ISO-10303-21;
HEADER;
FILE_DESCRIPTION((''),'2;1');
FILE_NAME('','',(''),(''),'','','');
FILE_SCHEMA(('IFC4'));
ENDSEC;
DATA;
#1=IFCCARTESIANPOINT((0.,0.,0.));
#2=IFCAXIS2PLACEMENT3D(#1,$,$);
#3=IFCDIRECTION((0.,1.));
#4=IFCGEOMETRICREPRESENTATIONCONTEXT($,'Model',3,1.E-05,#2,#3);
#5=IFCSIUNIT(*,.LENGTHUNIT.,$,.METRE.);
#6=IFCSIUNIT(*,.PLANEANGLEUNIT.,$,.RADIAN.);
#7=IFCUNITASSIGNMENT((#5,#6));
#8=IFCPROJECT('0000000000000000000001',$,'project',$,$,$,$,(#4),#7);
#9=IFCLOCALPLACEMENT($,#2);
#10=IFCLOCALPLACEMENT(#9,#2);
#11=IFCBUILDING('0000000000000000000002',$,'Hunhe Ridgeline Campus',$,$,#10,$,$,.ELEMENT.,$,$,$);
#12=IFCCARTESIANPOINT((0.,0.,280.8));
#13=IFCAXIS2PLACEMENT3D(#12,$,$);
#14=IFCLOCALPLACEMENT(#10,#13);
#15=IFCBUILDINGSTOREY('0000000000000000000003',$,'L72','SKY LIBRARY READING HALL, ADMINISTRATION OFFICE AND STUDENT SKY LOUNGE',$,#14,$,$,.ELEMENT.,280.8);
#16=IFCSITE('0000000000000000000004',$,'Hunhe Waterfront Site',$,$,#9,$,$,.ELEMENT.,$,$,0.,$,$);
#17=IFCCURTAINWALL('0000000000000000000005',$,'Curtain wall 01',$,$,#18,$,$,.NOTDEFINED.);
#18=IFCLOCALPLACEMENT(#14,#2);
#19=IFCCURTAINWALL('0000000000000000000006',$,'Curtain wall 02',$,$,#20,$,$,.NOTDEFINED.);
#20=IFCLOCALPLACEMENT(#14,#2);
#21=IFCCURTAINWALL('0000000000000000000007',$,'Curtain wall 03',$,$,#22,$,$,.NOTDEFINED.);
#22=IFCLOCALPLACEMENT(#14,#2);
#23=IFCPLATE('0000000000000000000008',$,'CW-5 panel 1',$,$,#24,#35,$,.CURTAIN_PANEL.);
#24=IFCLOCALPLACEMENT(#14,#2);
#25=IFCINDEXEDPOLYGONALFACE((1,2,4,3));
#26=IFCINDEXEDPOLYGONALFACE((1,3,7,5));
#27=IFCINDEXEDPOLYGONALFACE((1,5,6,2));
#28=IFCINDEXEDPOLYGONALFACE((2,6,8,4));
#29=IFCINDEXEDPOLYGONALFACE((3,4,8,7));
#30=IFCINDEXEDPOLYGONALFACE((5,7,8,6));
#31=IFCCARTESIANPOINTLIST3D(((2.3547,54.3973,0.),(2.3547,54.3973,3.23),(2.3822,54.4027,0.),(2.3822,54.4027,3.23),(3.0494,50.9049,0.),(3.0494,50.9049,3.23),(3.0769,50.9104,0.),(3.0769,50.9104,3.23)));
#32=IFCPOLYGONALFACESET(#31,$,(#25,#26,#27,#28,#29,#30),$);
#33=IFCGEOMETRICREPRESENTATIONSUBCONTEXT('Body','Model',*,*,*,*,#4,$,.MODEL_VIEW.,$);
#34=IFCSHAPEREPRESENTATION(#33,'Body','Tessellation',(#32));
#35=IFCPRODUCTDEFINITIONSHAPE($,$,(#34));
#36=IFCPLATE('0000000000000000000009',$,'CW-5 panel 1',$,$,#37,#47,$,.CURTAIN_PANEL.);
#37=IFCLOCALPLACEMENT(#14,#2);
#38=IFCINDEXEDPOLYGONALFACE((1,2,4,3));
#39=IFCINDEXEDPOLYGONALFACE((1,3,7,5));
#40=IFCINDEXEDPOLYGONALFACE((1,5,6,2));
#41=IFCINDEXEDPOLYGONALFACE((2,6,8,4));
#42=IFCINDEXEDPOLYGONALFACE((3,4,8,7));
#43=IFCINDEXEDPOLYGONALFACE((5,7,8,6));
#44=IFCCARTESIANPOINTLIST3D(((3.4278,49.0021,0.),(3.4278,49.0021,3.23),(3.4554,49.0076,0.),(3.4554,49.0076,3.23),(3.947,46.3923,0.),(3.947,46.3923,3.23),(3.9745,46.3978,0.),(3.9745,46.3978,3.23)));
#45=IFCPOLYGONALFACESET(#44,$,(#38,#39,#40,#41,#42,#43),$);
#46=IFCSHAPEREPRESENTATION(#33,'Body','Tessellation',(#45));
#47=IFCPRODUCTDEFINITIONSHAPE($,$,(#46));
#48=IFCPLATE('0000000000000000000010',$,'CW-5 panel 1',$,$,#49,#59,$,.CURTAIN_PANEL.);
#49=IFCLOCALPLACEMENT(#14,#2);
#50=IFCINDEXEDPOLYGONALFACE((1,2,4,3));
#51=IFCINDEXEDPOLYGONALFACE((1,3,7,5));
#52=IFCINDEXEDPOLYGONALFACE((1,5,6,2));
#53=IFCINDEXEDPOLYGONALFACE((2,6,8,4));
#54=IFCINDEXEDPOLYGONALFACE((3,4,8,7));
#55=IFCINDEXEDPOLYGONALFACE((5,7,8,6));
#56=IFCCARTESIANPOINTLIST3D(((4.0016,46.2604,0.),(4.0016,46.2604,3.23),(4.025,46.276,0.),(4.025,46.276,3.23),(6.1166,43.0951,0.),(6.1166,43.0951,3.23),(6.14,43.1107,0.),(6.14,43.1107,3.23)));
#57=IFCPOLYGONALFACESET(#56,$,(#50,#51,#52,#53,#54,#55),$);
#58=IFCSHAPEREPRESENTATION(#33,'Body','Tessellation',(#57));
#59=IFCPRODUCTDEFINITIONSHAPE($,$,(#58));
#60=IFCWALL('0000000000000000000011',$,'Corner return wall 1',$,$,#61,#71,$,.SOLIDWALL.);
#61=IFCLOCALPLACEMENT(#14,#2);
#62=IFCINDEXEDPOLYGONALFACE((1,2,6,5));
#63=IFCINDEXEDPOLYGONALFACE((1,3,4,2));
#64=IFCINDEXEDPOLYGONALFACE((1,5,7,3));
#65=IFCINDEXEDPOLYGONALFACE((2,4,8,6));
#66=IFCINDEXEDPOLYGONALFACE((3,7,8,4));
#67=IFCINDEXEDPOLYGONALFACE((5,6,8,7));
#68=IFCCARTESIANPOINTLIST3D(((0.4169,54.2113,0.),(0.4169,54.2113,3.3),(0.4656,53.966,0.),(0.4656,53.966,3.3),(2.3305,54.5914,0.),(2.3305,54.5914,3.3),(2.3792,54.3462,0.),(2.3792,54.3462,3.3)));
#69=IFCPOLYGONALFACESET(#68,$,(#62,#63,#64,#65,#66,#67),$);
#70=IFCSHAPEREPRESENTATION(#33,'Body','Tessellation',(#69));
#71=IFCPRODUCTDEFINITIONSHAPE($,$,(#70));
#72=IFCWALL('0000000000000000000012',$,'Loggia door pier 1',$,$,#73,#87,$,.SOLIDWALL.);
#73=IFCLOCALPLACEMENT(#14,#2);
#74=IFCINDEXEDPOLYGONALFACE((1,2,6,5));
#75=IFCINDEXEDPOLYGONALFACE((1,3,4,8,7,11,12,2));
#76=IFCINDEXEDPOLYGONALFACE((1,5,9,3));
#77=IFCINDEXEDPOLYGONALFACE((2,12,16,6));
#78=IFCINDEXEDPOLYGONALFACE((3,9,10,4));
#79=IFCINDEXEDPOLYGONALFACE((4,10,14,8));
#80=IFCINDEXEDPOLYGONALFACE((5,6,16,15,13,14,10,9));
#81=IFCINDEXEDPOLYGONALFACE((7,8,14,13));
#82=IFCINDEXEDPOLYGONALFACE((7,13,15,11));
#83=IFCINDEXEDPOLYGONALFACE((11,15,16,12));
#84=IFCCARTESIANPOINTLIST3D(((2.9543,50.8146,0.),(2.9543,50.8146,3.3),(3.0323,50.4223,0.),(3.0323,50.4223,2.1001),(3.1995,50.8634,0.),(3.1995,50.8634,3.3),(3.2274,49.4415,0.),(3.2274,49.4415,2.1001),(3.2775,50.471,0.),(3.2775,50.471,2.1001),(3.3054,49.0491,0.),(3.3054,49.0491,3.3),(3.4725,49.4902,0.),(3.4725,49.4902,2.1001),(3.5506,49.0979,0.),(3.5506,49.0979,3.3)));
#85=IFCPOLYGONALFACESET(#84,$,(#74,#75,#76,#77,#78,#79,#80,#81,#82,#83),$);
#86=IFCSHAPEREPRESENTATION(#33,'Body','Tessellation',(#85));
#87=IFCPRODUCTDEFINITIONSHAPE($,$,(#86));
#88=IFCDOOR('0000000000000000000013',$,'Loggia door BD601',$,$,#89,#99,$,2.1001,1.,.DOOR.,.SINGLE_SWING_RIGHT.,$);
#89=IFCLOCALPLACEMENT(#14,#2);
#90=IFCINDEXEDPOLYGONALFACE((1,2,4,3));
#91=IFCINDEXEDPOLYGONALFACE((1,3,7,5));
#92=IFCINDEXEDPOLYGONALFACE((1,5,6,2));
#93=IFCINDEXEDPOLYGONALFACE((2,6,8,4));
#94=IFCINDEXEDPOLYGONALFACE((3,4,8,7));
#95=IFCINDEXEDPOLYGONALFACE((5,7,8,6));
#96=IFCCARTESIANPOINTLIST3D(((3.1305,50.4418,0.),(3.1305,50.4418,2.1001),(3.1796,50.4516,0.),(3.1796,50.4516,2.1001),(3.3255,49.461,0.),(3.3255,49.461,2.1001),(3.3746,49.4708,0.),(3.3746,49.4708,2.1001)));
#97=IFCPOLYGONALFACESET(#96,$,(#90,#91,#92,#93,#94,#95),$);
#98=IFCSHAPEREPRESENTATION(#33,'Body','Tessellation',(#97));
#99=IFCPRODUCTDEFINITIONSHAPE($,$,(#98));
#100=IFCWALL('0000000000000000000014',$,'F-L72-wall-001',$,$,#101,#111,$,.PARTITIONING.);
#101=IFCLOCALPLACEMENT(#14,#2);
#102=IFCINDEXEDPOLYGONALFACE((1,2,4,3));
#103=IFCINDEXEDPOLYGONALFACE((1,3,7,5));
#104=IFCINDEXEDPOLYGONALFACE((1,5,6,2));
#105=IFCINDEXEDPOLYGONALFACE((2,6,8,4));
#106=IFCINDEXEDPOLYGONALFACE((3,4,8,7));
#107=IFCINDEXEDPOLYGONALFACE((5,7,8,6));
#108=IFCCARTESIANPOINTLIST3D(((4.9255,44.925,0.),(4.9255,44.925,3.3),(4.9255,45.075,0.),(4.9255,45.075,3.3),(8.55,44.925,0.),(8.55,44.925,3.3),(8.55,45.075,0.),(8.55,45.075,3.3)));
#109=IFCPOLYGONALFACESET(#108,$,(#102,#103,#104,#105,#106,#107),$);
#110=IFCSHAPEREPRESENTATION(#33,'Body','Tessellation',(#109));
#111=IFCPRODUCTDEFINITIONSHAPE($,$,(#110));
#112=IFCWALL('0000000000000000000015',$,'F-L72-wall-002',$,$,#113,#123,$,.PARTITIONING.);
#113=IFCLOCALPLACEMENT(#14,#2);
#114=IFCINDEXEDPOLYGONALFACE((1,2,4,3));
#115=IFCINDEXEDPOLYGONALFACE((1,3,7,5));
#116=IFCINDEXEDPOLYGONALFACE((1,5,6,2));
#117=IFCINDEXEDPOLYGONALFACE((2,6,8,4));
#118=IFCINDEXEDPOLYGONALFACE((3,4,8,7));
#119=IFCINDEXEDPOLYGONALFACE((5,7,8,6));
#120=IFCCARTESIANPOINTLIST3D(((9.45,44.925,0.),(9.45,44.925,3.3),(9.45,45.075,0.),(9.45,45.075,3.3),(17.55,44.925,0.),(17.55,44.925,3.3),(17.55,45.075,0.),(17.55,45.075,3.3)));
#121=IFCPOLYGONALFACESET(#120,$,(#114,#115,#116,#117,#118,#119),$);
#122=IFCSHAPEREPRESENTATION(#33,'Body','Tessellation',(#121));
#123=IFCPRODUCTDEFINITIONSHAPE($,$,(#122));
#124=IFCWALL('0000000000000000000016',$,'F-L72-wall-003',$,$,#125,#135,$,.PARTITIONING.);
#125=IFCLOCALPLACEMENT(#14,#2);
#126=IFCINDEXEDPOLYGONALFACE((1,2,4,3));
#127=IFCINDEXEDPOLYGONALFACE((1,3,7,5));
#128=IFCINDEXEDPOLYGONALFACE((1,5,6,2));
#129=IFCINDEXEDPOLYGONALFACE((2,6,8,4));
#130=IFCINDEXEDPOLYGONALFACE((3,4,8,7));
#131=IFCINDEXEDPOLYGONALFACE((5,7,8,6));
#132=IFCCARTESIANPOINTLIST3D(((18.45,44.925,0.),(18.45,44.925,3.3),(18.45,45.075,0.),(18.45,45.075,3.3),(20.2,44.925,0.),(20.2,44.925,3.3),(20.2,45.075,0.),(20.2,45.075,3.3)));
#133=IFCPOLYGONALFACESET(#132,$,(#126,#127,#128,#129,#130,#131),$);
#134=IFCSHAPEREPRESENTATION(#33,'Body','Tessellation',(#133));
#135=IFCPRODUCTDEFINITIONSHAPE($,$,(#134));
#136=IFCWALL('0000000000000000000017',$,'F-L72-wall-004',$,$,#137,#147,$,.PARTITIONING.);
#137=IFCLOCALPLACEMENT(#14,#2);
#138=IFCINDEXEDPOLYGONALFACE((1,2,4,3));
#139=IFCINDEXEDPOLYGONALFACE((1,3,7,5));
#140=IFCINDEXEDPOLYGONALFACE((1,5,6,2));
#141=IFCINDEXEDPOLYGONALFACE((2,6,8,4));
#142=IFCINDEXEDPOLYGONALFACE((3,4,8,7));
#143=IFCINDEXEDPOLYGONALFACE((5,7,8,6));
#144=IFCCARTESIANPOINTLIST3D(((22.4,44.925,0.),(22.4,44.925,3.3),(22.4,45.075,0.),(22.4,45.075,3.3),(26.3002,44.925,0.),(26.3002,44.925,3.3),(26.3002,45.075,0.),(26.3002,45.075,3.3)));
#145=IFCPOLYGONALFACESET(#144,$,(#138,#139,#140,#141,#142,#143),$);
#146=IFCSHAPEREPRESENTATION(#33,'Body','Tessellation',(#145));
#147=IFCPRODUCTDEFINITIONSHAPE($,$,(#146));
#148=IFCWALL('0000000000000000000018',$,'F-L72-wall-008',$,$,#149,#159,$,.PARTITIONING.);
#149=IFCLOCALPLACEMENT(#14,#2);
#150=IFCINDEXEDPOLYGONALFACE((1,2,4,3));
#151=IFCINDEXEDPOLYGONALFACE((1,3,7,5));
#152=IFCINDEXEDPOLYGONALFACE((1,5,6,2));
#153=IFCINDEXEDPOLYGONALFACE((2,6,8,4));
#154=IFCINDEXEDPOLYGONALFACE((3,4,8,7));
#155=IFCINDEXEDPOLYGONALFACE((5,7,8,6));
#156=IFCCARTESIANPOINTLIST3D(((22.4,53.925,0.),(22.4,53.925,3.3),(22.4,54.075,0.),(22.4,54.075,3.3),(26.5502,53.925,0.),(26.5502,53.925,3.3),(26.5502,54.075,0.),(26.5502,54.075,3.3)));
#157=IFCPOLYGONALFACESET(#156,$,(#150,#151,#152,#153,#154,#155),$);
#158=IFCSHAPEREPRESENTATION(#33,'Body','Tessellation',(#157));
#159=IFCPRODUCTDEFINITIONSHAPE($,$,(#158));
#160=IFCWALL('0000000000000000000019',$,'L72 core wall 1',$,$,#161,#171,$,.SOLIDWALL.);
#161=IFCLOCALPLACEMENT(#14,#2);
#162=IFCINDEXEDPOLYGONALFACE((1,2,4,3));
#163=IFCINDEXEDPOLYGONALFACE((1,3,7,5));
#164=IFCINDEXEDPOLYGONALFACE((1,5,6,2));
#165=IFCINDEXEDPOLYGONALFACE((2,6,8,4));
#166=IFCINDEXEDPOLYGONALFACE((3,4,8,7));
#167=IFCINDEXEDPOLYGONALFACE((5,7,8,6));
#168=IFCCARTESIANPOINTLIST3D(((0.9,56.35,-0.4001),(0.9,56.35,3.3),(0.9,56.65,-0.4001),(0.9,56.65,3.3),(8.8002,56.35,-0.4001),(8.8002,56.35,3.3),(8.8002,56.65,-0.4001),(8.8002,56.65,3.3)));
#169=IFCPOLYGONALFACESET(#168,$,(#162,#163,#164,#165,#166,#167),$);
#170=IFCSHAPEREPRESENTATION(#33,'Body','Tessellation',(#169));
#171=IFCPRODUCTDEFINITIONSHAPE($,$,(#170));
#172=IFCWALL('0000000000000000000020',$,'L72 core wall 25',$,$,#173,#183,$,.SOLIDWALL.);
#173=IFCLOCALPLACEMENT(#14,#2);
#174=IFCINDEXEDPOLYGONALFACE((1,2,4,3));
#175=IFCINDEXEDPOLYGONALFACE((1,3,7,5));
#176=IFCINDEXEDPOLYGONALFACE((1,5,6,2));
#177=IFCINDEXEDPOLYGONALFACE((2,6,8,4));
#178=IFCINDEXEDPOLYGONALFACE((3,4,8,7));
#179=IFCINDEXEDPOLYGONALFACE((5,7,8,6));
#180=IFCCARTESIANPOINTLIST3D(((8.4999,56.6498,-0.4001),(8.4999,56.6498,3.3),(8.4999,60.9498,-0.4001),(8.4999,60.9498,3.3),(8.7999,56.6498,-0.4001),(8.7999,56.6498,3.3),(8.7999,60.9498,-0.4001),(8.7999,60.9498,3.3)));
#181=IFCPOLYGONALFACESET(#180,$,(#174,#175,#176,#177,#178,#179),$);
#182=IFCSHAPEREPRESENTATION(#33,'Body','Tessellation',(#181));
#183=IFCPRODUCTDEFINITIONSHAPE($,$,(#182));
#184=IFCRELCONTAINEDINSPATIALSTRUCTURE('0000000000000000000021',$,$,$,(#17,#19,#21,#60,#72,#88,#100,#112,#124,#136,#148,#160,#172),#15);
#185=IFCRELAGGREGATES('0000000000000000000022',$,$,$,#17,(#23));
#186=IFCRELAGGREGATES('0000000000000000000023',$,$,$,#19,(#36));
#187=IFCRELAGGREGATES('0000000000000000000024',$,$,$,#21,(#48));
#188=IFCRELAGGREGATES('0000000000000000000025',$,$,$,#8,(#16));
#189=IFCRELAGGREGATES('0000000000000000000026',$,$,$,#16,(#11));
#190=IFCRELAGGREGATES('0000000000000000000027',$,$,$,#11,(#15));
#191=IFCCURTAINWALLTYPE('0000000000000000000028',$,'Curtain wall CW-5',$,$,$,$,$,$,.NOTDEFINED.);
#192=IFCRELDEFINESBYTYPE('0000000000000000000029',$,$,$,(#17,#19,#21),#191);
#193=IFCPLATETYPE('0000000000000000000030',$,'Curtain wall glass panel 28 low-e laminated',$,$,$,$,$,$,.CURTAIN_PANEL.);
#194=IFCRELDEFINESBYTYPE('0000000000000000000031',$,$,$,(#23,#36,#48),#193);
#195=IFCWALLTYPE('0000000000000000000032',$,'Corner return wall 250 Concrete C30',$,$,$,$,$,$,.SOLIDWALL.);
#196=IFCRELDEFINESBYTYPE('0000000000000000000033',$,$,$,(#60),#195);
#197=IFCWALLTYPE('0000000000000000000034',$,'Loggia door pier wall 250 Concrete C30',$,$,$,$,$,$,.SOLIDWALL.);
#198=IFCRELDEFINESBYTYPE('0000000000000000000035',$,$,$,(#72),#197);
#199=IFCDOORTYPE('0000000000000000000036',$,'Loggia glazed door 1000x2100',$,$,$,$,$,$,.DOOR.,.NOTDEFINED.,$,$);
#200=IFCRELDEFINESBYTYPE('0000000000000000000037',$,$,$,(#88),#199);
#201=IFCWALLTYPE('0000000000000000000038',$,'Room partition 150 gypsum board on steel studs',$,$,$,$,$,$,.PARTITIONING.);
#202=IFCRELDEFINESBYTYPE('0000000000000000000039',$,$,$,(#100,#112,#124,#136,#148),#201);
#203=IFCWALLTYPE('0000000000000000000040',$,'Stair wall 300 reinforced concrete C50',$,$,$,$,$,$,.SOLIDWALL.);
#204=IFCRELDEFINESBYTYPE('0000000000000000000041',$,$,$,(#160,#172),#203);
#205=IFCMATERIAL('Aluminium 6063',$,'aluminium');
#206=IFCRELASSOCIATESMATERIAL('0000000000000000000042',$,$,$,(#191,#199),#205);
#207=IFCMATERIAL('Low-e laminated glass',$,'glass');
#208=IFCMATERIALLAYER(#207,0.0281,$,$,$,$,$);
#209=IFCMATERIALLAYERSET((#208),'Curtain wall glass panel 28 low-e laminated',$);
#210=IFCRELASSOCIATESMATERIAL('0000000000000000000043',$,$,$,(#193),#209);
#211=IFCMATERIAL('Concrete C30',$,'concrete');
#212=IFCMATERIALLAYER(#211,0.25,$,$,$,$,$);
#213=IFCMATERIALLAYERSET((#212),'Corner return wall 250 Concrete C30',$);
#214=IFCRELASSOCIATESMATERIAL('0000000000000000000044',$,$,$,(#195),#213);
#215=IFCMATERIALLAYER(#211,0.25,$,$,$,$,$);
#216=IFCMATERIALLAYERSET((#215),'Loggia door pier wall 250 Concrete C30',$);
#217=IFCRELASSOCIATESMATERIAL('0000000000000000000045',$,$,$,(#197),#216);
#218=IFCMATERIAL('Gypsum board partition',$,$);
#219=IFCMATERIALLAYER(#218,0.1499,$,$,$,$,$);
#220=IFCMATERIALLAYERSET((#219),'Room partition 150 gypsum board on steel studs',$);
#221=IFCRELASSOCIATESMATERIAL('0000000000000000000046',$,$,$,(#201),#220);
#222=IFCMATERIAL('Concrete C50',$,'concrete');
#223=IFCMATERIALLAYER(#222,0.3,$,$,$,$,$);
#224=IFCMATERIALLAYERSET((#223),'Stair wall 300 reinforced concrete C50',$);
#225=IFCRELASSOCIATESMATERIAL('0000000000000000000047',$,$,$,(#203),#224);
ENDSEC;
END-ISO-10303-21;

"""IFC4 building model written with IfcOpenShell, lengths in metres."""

from ifc_helpers import new_model, si_unit, direction, frame, frame_2d, origin, origin_2d, place, context, subcontext, project, spatial, rectangle, extrude, material, layer, layer_set, type_object, element, fill, aggregate, save


model = new_model("IFC4")

# Units and contexts
model_context = context("Model", 3, precision=1e-05, world=origin(), true_north=direction((0.0, 1.0)))
body_context = subcontext(model_context, "Body", "Model", "MODEL_VIEW")
ifc_project = project(units=[si_unit("LENGTHUNIT", "METRE"), si_unit("PLANEANGLEUNIT", "RADIAN")], contexts=[model_context])

# Site, building, storey
site_placement = place(None, origin())
site = spatial("IfcSite", under=ifc_project, at=site_placement, Name="Hunhe Waterfront Site", CompositionType="ELEMENT", RefElevation=0.0)
building_placement = place(site_placement, origin())
building = spatial("IfcBuilding", under=site, at=building_placement, Name="Hunhe Ridgeline Campus", CompositionType="ELEMENT")
storey_placement = place(building_placement, frame((0.0, 0.0, 280.8)))
storey = spatial("IfcBuildingStorey", under=building, at=storey_placement, Name="L72", Description="SKY LIBRARY READING HALL, ADMINISTRATION OFFICE AND STUDENT SKY LOUNGE", CompositionType="ELEMENT", Elevation=280.8)

# Shared definitions
ifc_material_1 = material(Name="Concrete C50", Category="concrete")

# Curtain walls
ifc_material_2 = material(Name="Aluminium 6063", Category="aluminium")
curtain_wall_type = type_object("IfcCurtainWallType", Name="Curtain wall CW-5", PredefinedType="NOTDEFINED", material=ifc_material_2)
curtain_wall_1_placement = place(storey_placement, origin())
curtain_wall_1 = element("IfcCurtainWall", 1, at=curtain_wall_1_placement, inside=storey, type_object=curtain_wall_type, Name="Curtain wall 01", PredefinedType="NOTDEFINED")
curtain_wall_2_placement = place(storey_placement, origin())
curtain_wall_2 = element("IfcCurtainWall", 2, at=curtain_wall_2_placement, inside=storey, type_object=curtain_wall_type, Name="Curtain wall 02", PredefinedType="NOTDEFINED")

# Curtain wall
curtain_wall_3_placement = place(storey_placement, origin())
curtain_wall_3 = element("IfcCurtainWall", 3, at=curtain_wall_3_placement, inside=storey, type_object=curtain_wall_type, Name="Curtain wall 03", PredefinedType="NOTDEFINED")

# Plates
ifc_material_3 = material(Name="Low-e laminated glass", Category="glass")
ifc_layer_1 = layer(ifc_material_3, 0.0281)
ifc_layer_set_1 = layer_set([ifc_layer_1], Name="Curtain wall glass panel 28 low-e laminated")
plate_type = type_object("IfcPlateType", Name="Curtain wall glass panel 28 low-e laminated", PredefinedType="CURTAIN_PANEL", material=ifc_layer_set_1)
plate_1_placement = place(storey_placement, frame((2.7158, 52.6538, 0.0), z_axis=(0.0, 0.0, 1.0), x_axis=(0.195095, -0.980784, 0.0)))
plate_1 = element("IfcPlate", 4, at=plate_1_placement, type_object=plate_type, Name="CW-5 panel 1", PredefinedType="CURTAIN_PANEL", context=body_context, shape_type="SweptSolid", body=[
    extrude(rectangle(XDim=3.5608, YDim=0.0281, at=origin_2d()), origin(), (0.0, 0.0, 1.0), 3.23),
])
aggregate(curtain_wall_1, [plate_1])
plate_2_placement = place(storey_placement, frame((3.7012, 47.7, 0.0), z_axis=(0.0, 0.0, 1.0), x_axis=(0.195095, -0.980784, 0.0)))
plate_2 = element("IfcPlate", 5, at=plate_2_placement, type_object=plate_type, Name="CW-5 panel 1", PredefinedType="CURTAIN_PANEL", context=body_context, shape_type="SweptSolid", body=[
    extrude(rectangle(XDim=2.6609, YDim=0.0281, at=origin_2d()), origin(), (0.0, 0.0, 1.0), 3.23),
])
aggregate(curtain_wall_2, [plate_2])
plate_3_placement = place(storey_placement, frame((5.0708, 44.6855, 0.0), z_axis=(0.0, 0.0, 1.0), x_axis=(0.55557, -0.83147, 0.0)))
plate_3 = element("IfcPlate", 6, at=plate_3_placement, type_object=plate_type, Name="CW-5 panel 1", PredefinedType="CURTAIN_PANEL", context=body_context, shape_type="SweptSolid", body=[
    extrude(rectangle(XDim=3.8069, YDim=0.0281, at=origin_2d()), origin(), (0.0, 0.0, 1.0), 3.23),
])
aggregate(curtain_wall_3, [plate_3])

# Wall
ifc_material_4 = material(Name="Concrete C30", Category="concrete")
ifc_layer_2 = layer(ifc_material_4, 0.25)
ifc_layer_set_2 = layer_set([ifc_layer_2], Name="Corner return wall 250 Concrete C30")
wall_type_1 = type_object("IfcWallType", Name="Corner return wall 250 Concrete C30", PredefinedType="SOLIDWALL", material=ifc_layer_set_2)
wall_1_placement = place(storey_placement, frame((0.4412, 54.0886, 0.0), z_axis=(0.0, 0.0, 1.0), x_axis=(0.980835, 0.194841, 0.0)))
element("IfcWall", 7, at=wall_1_placement, inside=storey, type_object=wall_type_1, Name="Corner return wall 1", PredefinedType="SOLIDWALL", context=body_context, shape_type="SweptSolid", body=[
    extrude(rectangle(XDim=1.9509, YDim=0.25, at=frame_2d((0.9756, 0.0))), origin(), (0.0, 0.0, 1.0), 3.3),
])

# Wall, opening, door
ifc_layer_3 = layer(ifc_material_4, 0.25)
ifc_layer_set_3 = layer_set([ifc_layer_3], Name="Loggia door pier wall 250 Concrete C30")
wall_type_2 = type_object("IfcWallType", Name="Loggia door pier wall 250 Concrete C30", PredefinedType="SOLIDWALL", material=ifc_layer_set_3)
wall_2_placement = place(storey_placement, frame((3.0769, 50.8389, 0.0), z_axis=(0.0, 0.0, 1.0), x_axis=(0.195047, -0.980794, 0.0)))
wall_2 = element("IfcWall", 8, at=wall_2_placement, inside=storey, type_object=wall_type_2, Name="Loggia door pier 1", PredefinedType="SOLIDWALL", context=body_context, shape_type="SweptSolid", body=[
    extrude(rectangle(XDim=1.8, YDim=0.25, at=frame_2d((0.8999, 0.0))), origin(), (0.0, 0.0, 1.0), 3.3),
])
opening_placement = place(wall_2_placement, frame((0.3999, 0.0, 0.0)))
opening = element("IfcOpeningElement", 9, at=opening_placement, cuts=wall_2, PredefinedType="OPENING", context=body_context, shape_type="SweptSolid", body=[
    extrude(rectangle(XDim=1.0, YDim=2.1001, at=frame_2d((0.5, 1.05))), frame((0.0, 0.125, 0.0), z_axis=(0.0, -1.0, 0.0), x_axis=(1.0, 0.0, 0.0)), (0.0, 0.0, 1.0), 0.25),
])
door_type = type_object("IfcDoorType", Name="Loggia glazed door 1000x2100", OperationType="NOTDEFINED", PredefinedType="DOOR", material=ifc_material_2)
door_placement = place(opening_placement, frame((1.0, 0.0, 0.0), z_axis=(0.0, 0.0, 1.0), x_axis=(-1.0, 0.0, 0.0)))
door = element("IfcDoor", 10, at=door_placement, inside=storey, type_object=door_type, Name="Loggia door BD601", OperationType="SINGLE_SWING_RIGHT", OverallHeight=2.1001, OverallWidth=1.0, PredefinedType="DOOR", context=body_context, shape_type="SweptSolid", body=[
    extrude(rectangle(XDim=1.0, YDim=2.1001, at=frame_2d((0.5, 1.05))), frame((0.0, 0.0249, 0.0), z_axis=(0.0, -1.0, 0.0), x_axis=(1.0, 0.0, 0.0)), (0.0, 0.0, 1.0), 0.05),
])
fill(opening, door)

# Walls
ifc_material_5 = material(Name="Gypsum board partition")
ifc_layer_4 = layer(ifc_material_5, 0.1499)
ifc_layer_set_4 = layer_set([ifc_layer_4], Name="Room partition 150 gypsum board on steel studs")
wall_type_3 = type_object("IfcWallType", Name="Room partition 150 gypsum board on steel studs", PredefinedType="PARTITIONING", material=ifc_layer_set_4)
wall_3_placement = place(storey_placement, frame((4.9255, 45.0, 0.0), z_axis=(0.0, 0.0, 1.0), x_axis=(1.0, 0.0, 0.0)))
element("IfcWall", 11, at=wall_3_placement, inside=storey, type_object=wall_type_3, Name="F-L72-wall-001", PredefinedType="PARTITIONING", context=body_context, shape_type="SweptSolid", body=[
    extrude(rectangle(XDim=3.6245, YDim=0.1499, at=frame_2d((1.8123, 0.0))), origin(), (0.0, 0.0, 1.0), 3.3),
])
wall_4_placement = place(storey_placement, frame((9.45, 45.0, 0.0), z_axis=(0.0, 0.0, 1.0), x_axis=(1.0, 0.0, 0.0)))
element("IfcWall", 12, at=wall_4_placement, inside=storey, type_object=wall_type_3, Name="F-L72-wall-002", PredefinedType="PARTITIONING", context=body_context, shape_type="SweptSolid", body=[
    extrude(rectangle(XDim=8.1001, YDim=0.1499, at=frame_2d((4.05, 0.0))), origin(), (0.0, 0.0, 1.0), 3.3),
])
wall_5_placement = place(storey_placement, frame((18.45, 45.0, 0.0), z_axis=(0.0, 0.0, 1.0), x_axis=(1.0, 0.0, 0.0)))
element("IfcWall", 13, at=wall_5_placement, inside=storey, type_object=wall_type_3, Name="F-L72-wall-003", PredefinedType="PARTITIONING", context=body_context, shape_type="SweptSolid", body=[
    extrude(rectangle(XDim=1.75, YDim=0.1499, at=frame_2d((0.875, 0.0))), origin(), (0.0, 0.0, 1.0), 3.3),
])
wall_6_placement = place(storey_placement, frame((22.3999, 45.0, 0.0), z_axis=(0.0, 0.0, 1.0), x_axis=(1.0, 0.0, 0.0)))
element("IfcWall", 14, at=wall_6_placement, inside=storey, type_object=wall_type_3, Name="F-L72-wall-004", PredefinedType="PARTITIONING", context=body_context, shape_type="SweptSolid", body=[
    extrude(rectangle(XDim=3.9001, YDim=0.1499, at=frame_2d((1.9502, 0.0))), origin(), (0.0, 0.0, 1.0), 3.3),
])
wall_7_placement = place(storey_placement, frame((22.3999, 54.0, 0.0), z_axis=(0.0, 0.0, 1.0), x_axis=(1.0, 0.0, 0.0)))
element("IfcWall", 15, at=wall_7_placement, inside=storey, type_object=wall_type_3, Name="F-L72-wall-008", PredefinedType="PARTITIONING", context=body_context, shape_type="SweptSolid", body=[
    extrude(rectangle(XDim=4.1501, YDim=0.1499, at=frame_2d((2.0752, 0.0))), origin(), (0.0, 0.0, 1.0), 3.3),
])
ifc_layer_5 = layer(ifc_material_1, 0.3)
ifc_layer_set_5 = layer_set([ifc_layer_5], Name="Stair wall 300 reinforced concrete C50")
wall_type_4 = type_object("IfcWallType", Name="Stair wall 300 reinforced concrete C50", PredefinedType="SOLIDWALL", material=ifc_layer_set_5)
wall_8_placement = place(storey_placement, frame((0.8999, 56.5, -0.4001), z_axis=(0.0, 0.0, 1.0), x_axis=(1.0, 0.0, 0.0)))
element("IfcWall", 16, at=wall_8_placement, inside=storey, type_object=wall_type_4, Name="L72 core wall 1", PredefinedType="SOLIDWALL", context=body_context, shape_type="SweptSolid", body=[
    extrude(rectangle(XDim=7.9001, YDim=0.3, at=frame_2d((3.9502, 0.0))), origin(), (0.0, 0.0, 1.0), 3.7002),
])
wall_9_placement = place(storey_placement, frame((8.6499, 56.6499, -0.4001), z_axis=(0.0, 0.0, 1.0), x_axis=(0.0, 1.0, 0.0)))
element("IfcWall", 17, at=wall_9_placement, inside=storey, type_object=wall_type_4, Name="L72 core wall 25", PredefinedType="SOLIDWALL", context=body_context, shape_type="SweptSolid", body=[
    extrude(rectangle(XDim=4.3, YDim=0.3, at=frame_2d((2.1499, 0.0))), origin(), (0.0, 0.0, 1.0), 3.7002),
])

save(model, "model.ifc")
